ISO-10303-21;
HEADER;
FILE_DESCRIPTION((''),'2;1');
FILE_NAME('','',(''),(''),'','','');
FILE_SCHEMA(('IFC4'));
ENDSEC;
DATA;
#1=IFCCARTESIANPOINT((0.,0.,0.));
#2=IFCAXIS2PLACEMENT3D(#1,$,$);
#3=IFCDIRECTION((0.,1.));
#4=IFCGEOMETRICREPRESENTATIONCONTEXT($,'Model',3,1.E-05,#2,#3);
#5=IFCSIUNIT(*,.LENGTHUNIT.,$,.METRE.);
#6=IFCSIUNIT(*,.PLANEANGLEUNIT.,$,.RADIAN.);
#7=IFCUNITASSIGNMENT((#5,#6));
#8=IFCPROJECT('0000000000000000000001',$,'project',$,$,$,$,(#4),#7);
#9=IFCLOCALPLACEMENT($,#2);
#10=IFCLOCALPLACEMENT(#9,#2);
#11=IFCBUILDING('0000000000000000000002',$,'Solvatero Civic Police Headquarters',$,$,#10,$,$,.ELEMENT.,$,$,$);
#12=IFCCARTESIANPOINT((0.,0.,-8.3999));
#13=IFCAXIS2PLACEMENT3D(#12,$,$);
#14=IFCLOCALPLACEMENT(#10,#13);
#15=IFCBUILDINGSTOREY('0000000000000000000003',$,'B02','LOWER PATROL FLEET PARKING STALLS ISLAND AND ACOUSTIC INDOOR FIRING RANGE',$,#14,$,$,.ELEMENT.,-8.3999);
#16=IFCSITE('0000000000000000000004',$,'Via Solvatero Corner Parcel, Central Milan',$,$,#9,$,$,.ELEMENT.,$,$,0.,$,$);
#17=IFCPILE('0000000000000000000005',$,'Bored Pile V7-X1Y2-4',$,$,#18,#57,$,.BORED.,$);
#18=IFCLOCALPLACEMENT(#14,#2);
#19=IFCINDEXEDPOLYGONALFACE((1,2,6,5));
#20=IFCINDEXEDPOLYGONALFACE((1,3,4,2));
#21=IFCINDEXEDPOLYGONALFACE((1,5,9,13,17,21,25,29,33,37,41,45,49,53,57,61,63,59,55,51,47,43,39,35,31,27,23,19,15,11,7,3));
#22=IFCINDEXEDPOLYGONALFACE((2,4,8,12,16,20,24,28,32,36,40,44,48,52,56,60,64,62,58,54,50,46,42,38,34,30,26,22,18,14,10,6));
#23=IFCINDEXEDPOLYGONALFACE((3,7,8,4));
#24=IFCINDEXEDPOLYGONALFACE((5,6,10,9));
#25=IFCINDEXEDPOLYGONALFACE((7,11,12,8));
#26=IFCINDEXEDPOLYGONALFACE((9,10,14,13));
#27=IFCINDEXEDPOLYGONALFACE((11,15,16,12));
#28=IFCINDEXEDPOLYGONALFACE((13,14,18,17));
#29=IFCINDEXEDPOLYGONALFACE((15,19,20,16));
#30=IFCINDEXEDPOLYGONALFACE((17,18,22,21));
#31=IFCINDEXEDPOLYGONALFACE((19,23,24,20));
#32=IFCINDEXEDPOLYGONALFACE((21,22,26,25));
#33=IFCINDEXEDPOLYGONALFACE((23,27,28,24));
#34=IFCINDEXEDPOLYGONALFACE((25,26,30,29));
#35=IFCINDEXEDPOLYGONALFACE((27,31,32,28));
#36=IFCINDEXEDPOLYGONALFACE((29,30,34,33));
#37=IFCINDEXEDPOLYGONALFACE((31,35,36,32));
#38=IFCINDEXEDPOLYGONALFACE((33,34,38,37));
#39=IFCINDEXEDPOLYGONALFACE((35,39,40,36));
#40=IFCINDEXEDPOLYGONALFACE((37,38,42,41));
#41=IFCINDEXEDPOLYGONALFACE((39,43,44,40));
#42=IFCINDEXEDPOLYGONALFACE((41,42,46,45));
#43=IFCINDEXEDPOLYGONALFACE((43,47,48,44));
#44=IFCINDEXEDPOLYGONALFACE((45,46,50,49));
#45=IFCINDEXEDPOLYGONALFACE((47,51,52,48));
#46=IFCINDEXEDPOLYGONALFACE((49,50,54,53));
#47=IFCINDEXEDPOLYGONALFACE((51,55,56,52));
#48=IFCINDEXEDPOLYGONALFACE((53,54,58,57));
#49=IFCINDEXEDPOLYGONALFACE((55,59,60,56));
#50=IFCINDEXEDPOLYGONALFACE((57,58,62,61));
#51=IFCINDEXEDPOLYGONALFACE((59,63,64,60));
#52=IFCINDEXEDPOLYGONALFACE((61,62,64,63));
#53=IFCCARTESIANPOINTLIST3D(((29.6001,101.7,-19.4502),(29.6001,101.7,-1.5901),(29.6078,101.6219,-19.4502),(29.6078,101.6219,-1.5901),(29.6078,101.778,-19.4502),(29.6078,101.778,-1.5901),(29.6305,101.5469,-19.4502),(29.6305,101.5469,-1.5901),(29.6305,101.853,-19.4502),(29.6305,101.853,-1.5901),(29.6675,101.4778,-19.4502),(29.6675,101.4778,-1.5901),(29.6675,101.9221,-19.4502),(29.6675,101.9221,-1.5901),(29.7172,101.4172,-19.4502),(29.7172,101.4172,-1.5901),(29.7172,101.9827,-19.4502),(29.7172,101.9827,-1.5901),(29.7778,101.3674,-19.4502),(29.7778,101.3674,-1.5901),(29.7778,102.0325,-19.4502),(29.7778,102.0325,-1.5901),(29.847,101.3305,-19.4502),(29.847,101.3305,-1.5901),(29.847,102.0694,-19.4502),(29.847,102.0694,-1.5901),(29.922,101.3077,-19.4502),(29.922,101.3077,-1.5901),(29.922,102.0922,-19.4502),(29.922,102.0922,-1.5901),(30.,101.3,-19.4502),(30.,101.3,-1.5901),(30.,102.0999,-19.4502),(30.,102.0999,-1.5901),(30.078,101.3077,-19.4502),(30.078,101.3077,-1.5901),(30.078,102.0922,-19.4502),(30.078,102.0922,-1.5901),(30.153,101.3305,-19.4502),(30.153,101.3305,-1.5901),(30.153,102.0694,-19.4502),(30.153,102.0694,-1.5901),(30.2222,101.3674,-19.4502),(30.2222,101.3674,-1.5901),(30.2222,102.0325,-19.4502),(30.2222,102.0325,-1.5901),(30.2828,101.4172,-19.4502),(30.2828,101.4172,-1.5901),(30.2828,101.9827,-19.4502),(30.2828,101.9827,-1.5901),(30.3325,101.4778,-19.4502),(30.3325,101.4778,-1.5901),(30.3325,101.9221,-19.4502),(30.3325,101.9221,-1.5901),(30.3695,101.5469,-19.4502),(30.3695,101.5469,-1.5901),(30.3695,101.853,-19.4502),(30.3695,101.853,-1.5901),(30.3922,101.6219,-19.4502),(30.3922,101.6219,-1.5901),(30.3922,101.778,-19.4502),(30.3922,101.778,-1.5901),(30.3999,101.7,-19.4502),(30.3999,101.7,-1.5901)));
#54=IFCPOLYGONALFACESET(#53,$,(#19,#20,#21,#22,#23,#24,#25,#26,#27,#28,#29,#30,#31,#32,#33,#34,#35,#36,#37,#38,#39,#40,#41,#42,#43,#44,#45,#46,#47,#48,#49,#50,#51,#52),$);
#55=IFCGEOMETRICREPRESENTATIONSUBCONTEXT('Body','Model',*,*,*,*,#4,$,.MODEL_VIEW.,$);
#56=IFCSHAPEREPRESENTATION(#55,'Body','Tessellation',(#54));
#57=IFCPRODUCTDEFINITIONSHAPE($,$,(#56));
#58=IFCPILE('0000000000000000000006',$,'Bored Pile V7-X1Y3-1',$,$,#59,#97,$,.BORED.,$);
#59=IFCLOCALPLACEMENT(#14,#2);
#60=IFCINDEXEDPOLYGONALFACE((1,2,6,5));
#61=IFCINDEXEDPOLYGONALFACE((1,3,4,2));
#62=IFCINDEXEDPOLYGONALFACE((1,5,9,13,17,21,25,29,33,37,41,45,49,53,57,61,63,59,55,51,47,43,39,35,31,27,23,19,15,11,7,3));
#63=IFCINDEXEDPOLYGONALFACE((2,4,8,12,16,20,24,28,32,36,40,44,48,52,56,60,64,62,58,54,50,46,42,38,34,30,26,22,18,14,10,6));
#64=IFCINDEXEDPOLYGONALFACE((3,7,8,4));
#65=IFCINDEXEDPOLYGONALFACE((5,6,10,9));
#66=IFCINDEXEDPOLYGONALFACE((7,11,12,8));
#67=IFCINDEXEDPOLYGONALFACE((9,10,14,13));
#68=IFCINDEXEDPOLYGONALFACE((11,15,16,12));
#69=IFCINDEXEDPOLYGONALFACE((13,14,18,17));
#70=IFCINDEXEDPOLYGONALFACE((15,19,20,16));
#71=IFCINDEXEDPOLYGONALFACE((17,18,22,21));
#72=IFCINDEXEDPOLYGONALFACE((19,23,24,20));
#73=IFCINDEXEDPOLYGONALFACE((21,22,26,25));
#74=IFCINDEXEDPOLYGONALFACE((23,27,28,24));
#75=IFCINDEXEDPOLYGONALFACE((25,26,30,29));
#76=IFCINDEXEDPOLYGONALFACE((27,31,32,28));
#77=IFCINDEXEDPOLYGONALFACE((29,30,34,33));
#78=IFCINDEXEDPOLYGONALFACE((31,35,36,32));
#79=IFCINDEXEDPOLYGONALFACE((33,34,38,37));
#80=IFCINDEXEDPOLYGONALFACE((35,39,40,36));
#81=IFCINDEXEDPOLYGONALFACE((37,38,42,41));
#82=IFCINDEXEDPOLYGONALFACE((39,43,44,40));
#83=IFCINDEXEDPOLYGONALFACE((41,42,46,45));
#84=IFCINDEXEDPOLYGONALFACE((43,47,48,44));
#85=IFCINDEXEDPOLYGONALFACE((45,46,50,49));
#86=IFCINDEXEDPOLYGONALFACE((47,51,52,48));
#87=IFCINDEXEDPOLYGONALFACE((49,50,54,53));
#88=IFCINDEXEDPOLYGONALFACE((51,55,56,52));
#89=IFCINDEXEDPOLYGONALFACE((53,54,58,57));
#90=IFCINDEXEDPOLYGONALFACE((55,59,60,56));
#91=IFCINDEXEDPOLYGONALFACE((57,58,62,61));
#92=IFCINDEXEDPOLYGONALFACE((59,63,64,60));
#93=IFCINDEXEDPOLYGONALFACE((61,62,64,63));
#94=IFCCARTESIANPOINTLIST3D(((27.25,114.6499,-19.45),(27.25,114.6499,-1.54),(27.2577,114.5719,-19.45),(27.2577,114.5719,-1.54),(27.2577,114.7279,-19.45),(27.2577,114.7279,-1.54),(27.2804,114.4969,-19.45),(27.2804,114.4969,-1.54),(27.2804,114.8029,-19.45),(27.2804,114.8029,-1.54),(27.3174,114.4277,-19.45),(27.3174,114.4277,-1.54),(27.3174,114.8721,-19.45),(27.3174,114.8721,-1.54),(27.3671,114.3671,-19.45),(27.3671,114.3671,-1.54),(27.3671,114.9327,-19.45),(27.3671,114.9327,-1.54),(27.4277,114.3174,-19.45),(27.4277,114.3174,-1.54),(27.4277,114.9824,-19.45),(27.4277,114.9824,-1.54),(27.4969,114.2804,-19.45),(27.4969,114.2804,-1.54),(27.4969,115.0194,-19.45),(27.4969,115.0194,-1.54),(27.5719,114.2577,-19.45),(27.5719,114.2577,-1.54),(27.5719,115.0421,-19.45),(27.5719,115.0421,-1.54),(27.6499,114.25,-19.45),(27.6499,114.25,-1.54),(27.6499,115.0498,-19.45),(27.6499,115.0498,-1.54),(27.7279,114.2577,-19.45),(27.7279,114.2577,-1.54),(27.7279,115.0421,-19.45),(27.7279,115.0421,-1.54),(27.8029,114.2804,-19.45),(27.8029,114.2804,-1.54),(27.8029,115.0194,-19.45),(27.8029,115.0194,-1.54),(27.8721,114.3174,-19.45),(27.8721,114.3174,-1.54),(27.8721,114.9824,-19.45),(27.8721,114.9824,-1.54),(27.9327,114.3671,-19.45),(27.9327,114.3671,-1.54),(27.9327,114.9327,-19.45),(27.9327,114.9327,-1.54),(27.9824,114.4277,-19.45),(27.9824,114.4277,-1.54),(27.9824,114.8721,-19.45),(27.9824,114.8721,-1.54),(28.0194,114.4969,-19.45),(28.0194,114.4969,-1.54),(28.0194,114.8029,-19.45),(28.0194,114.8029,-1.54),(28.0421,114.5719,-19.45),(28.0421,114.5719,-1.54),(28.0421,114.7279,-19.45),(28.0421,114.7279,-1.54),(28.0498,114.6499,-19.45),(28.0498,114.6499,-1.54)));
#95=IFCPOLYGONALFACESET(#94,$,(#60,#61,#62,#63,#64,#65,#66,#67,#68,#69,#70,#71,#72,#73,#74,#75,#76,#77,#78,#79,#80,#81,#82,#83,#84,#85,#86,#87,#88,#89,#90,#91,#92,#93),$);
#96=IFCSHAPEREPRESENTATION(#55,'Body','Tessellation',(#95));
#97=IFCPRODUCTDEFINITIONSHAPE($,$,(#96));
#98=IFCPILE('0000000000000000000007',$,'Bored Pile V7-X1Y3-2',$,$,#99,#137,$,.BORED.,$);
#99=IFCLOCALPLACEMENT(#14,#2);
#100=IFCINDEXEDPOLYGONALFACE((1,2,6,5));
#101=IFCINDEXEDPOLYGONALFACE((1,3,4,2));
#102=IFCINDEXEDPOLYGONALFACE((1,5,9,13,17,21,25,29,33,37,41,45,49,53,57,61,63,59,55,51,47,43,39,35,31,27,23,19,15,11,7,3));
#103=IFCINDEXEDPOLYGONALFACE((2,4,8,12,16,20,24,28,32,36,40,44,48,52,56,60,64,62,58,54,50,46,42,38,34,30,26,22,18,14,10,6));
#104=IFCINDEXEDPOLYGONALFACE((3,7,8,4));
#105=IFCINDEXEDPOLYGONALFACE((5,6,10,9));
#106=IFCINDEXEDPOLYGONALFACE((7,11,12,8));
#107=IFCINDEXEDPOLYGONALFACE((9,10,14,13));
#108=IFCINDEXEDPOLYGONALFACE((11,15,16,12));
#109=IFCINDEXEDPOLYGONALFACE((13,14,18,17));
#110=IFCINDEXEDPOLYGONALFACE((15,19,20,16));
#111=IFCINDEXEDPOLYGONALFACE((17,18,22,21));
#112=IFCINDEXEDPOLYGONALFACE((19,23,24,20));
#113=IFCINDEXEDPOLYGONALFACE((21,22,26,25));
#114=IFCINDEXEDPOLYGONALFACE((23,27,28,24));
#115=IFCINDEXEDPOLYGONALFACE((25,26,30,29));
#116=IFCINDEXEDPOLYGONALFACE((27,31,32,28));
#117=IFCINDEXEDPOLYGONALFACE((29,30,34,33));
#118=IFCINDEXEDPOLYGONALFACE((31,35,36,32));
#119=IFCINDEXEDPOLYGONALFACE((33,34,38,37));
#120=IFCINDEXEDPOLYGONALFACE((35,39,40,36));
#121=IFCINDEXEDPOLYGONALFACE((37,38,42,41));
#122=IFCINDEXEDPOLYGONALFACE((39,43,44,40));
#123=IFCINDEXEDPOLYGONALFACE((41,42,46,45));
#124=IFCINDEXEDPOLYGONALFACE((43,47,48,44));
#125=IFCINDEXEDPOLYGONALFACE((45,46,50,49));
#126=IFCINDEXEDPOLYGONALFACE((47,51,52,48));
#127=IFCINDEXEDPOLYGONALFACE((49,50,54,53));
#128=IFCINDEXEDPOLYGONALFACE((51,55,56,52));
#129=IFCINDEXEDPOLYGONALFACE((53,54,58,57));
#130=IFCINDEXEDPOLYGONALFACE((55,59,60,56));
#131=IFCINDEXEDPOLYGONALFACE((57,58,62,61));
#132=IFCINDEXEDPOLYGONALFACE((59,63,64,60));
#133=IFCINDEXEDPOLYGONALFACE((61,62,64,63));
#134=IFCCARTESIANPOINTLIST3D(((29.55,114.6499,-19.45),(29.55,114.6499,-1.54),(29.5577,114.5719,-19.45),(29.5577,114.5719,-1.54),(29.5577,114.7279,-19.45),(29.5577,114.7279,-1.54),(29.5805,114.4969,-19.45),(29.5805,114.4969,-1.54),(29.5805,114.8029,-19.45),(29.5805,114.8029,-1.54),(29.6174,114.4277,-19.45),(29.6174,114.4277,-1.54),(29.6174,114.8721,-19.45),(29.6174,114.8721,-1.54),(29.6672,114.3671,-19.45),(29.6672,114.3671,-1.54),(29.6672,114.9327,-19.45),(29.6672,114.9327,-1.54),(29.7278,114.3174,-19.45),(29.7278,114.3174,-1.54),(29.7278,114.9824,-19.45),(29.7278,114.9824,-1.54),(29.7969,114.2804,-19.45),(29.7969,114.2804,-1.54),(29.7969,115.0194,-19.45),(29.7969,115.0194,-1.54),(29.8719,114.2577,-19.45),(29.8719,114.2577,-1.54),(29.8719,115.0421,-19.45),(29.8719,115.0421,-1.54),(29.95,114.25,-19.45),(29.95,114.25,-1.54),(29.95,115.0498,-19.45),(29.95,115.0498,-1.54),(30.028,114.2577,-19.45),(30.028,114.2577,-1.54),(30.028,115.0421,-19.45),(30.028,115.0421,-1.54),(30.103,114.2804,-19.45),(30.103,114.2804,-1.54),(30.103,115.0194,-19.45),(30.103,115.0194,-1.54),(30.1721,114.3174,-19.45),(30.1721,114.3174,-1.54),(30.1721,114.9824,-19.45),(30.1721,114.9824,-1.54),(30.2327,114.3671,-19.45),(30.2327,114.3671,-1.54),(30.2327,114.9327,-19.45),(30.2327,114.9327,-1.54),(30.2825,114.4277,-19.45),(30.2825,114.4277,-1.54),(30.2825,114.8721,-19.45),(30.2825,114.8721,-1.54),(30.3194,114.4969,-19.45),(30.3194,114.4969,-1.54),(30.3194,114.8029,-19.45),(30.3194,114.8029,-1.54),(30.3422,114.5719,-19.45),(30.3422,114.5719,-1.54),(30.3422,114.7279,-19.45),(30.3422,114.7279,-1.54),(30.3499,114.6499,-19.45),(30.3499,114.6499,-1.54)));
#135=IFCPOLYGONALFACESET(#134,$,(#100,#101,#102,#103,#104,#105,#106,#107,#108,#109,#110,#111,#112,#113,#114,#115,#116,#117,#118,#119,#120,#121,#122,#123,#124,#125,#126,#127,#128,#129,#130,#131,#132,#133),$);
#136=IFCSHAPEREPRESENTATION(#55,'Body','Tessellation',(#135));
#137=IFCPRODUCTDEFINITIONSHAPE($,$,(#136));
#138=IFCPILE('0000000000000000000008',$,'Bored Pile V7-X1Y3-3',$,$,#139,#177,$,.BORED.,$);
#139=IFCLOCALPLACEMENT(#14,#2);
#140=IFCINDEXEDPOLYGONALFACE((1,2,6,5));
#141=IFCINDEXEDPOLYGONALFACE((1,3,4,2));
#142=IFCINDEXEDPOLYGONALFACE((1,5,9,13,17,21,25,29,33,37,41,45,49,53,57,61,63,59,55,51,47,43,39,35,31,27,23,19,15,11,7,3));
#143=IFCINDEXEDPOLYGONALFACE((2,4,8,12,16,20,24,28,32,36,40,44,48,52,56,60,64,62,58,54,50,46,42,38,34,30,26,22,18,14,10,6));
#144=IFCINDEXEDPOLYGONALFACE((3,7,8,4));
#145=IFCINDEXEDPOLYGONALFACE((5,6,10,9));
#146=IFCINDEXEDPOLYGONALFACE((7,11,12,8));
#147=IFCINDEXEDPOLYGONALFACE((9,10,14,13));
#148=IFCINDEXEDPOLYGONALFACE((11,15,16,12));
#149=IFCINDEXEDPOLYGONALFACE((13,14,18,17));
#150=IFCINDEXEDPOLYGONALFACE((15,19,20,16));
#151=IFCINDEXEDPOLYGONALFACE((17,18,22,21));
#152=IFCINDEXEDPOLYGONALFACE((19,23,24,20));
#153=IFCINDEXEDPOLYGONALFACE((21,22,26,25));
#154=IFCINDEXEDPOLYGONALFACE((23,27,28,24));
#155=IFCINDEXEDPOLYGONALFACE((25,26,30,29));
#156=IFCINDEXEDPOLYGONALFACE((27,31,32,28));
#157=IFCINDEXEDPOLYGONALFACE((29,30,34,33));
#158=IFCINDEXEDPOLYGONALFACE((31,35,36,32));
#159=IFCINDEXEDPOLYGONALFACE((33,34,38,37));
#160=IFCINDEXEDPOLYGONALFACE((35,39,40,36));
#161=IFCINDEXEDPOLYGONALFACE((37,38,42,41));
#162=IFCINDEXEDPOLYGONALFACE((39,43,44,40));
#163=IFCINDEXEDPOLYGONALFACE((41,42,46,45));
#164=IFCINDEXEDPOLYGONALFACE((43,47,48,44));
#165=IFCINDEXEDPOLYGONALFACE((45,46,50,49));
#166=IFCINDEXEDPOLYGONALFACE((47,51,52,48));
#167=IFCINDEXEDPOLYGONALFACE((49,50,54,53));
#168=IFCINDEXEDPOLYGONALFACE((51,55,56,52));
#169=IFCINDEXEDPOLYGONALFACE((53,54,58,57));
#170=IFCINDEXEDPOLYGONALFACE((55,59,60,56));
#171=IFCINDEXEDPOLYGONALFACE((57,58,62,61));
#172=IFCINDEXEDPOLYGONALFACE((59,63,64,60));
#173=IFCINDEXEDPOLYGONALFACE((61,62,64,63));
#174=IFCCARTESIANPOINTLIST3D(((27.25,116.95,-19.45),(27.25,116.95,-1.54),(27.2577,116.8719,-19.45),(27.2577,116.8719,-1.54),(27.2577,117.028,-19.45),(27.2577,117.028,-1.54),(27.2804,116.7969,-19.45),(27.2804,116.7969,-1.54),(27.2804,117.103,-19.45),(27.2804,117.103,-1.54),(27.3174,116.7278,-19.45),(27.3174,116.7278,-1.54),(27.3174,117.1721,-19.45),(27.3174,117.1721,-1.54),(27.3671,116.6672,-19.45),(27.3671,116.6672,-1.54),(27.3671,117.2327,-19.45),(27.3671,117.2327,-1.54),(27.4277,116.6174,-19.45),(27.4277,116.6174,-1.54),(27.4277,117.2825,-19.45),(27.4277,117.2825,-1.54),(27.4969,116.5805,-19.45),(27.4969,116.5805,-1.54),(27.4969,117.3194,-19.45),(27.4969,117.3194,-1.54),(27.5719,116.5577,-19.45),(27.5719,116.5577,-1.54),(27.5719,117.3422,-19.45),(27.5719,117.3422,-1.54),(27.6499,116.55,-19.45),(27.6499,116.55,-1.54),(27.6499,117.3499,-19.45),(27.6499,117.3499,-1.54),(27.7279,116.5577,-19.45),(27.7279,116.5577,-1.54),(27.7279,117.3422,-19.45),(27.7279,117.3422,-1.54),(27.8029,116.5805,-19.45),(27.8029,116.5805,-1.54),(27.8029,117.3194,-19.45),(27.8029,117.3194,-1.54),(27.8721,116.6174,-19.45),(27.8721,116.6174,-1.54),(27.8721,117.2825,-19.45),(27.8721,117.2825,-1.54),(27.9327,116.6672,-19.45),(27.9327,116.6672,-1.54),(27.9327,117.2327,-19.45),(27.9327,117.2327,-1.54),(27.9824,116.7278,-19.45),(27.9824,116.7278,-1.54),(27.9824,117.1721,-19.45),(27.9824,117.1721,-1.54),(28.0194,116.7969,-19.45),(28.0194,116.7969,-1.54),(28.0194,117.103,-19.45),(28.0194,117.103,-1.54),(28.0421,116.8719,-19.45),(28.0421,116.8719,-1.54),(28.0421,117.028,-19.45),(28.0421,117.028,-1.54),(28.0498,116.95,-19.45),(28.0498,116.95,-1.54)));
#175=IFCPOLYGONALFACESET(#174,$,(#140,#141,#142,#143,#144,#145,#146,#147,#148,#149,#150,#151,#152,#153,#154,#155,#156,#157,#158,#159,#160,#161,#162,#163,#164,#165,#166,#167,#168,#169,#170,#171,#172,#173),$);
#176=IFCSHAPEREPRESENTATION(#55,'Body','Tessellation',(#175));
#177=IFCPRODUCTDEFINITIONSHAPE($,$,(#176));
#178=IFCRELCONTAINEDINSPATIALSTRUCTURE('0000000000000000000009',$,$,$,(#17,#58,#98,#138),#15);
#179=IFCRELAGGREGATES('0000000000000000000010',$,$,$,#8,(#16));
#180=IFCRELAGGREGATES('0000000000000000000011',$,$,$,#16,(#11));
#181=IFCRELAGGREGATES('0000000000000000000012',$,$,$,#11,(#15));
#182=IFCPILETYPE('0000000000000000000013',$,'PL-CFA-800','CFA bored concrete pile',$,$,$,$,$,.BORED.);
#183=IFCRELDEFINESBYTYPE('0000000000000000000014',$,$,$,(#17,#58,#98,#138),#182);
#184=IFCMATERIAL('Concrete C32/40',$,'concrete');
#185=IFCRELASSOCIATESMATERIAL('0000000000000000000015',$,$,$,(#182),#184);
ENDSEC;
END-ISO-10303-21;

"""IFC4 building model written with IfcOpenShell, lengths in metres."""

from ifc_helpers import new_model, si_unit, direction, frame, origin, origin_2d, place, context, subcontext, project, spatial, circle, extrude, material, material_profile, profile_set, type_object, element, save


model = new_model("IFC4")

# Units and contexts
model_context = context("Model", 3, precision=1e-05, world=origin(), true_north=direction((0.0, 1.0)))
body_context = subcontext(model_context, "Body", "Model", "MODEL_VIEW")
ifc_project = project(units=[si_unit("LENGTHUNIT", "METRE"), si_unit("PLANEANGLEUNIT", "RADIAN")], contexts=[model_context])

# Site, building, storey
site_placement = place(None, origin())
site = spatial("IfcSite", under=ifc_project, at=site_placement, Name="Via Solvatero Corner Parcel, Central Milan", CompositionType="ELEMENT", RefElevation=0.0)
building_placement = place(site_placement, origin())
building = spatial("IfcBuilding", under=site, at=building_placement, Name="Solvatero Civic Police Headquarters", CompositionType="ELEMENT")
storey_placement = place(building_placement, frame((0.0, 0.0, -8.3999)))
storey = spatial("IfcBuildingStorey", under=building, at=storey_placement, Name="B02", Description="LOWER PATROL FLEET PARKING STALLS ISLAND AND ACOUSTIC INDOOR FIRING RANGE", CompositionType="ELEMENT", Elevation=-8.3999)

# Piles
ifc_material_1 = material(Name="Concrete C32/40", Category="concrete")
ifc_material_profile_1 = material_profile(ifc_material_1, circle(Radius=0.3999, at=origin_2d()), Name="CFA PILE D800")
ifc_profile_set_1 = profile_set([ifc_material_profile_1], Name="Concrete C32/40")
pile_type = type_object("IfcPileType", Name="PL-CFA-800", Description="CFA bored concrete pile", PredefinedType="BORED", material=ifc_profile_set_1)
for number, where, z_axis, x_axis, name in (
    (1, (30.0, 101.7, -1.5901), (0.0, 0.0, -1.0), (1.0, 0.0, 0.0), "Bored Pile V7-X1Y2-4"),
):
    element("IfcPile", number, at=place(storey_placement, frame(where, z_axis=z_axis, x_axis=x_axis)), inside=storey, type_object=pile_type, Name=name, PredefinedType="BORED", context=body_context, shape_type="SweptSolid", body=[
        extrude(circle(Radius=0.3999, at=origin_2d()), origin(), (0.0, 0.0, 1.0), 17.8601),
    ])
for number, where, z_axis, x_axis, name in (
    (2, (27.6499, 114.6499, -1.54), (0.0, 0.0, -1.0), (1.0, 0.0, 0.0), "Bored Pile V7-X1Y3-1"),
    (3, (29.95, 114.6499, -1.54), (0.0, 0.0, -1.0), (1.0, 0.0, 0.0), "Bored Pile V7-X1Y3-2"),
    (4, (27.6499, 116.95, -1.54), (0.0, 0.0, -1.0), (1.0, 0.0, 0.0), "Bored Pile V7-X1Y3-3"),
):
    element("IfcPile", number, at=place(storey_placement, frame(where, z_axis=z_axis, x_axis=x_axis)), inside=storey, type_object=pile_type, Name=name, PredefinedType="BORED", context=body_context, shape_type="SweptSolid", body=[
        extrude(circle(Radius=0.3999, at=origin_2d()), origin(), (0.0, 0.0, 1.0), 17.9099),
    ])

save(model, "model.ifc")
